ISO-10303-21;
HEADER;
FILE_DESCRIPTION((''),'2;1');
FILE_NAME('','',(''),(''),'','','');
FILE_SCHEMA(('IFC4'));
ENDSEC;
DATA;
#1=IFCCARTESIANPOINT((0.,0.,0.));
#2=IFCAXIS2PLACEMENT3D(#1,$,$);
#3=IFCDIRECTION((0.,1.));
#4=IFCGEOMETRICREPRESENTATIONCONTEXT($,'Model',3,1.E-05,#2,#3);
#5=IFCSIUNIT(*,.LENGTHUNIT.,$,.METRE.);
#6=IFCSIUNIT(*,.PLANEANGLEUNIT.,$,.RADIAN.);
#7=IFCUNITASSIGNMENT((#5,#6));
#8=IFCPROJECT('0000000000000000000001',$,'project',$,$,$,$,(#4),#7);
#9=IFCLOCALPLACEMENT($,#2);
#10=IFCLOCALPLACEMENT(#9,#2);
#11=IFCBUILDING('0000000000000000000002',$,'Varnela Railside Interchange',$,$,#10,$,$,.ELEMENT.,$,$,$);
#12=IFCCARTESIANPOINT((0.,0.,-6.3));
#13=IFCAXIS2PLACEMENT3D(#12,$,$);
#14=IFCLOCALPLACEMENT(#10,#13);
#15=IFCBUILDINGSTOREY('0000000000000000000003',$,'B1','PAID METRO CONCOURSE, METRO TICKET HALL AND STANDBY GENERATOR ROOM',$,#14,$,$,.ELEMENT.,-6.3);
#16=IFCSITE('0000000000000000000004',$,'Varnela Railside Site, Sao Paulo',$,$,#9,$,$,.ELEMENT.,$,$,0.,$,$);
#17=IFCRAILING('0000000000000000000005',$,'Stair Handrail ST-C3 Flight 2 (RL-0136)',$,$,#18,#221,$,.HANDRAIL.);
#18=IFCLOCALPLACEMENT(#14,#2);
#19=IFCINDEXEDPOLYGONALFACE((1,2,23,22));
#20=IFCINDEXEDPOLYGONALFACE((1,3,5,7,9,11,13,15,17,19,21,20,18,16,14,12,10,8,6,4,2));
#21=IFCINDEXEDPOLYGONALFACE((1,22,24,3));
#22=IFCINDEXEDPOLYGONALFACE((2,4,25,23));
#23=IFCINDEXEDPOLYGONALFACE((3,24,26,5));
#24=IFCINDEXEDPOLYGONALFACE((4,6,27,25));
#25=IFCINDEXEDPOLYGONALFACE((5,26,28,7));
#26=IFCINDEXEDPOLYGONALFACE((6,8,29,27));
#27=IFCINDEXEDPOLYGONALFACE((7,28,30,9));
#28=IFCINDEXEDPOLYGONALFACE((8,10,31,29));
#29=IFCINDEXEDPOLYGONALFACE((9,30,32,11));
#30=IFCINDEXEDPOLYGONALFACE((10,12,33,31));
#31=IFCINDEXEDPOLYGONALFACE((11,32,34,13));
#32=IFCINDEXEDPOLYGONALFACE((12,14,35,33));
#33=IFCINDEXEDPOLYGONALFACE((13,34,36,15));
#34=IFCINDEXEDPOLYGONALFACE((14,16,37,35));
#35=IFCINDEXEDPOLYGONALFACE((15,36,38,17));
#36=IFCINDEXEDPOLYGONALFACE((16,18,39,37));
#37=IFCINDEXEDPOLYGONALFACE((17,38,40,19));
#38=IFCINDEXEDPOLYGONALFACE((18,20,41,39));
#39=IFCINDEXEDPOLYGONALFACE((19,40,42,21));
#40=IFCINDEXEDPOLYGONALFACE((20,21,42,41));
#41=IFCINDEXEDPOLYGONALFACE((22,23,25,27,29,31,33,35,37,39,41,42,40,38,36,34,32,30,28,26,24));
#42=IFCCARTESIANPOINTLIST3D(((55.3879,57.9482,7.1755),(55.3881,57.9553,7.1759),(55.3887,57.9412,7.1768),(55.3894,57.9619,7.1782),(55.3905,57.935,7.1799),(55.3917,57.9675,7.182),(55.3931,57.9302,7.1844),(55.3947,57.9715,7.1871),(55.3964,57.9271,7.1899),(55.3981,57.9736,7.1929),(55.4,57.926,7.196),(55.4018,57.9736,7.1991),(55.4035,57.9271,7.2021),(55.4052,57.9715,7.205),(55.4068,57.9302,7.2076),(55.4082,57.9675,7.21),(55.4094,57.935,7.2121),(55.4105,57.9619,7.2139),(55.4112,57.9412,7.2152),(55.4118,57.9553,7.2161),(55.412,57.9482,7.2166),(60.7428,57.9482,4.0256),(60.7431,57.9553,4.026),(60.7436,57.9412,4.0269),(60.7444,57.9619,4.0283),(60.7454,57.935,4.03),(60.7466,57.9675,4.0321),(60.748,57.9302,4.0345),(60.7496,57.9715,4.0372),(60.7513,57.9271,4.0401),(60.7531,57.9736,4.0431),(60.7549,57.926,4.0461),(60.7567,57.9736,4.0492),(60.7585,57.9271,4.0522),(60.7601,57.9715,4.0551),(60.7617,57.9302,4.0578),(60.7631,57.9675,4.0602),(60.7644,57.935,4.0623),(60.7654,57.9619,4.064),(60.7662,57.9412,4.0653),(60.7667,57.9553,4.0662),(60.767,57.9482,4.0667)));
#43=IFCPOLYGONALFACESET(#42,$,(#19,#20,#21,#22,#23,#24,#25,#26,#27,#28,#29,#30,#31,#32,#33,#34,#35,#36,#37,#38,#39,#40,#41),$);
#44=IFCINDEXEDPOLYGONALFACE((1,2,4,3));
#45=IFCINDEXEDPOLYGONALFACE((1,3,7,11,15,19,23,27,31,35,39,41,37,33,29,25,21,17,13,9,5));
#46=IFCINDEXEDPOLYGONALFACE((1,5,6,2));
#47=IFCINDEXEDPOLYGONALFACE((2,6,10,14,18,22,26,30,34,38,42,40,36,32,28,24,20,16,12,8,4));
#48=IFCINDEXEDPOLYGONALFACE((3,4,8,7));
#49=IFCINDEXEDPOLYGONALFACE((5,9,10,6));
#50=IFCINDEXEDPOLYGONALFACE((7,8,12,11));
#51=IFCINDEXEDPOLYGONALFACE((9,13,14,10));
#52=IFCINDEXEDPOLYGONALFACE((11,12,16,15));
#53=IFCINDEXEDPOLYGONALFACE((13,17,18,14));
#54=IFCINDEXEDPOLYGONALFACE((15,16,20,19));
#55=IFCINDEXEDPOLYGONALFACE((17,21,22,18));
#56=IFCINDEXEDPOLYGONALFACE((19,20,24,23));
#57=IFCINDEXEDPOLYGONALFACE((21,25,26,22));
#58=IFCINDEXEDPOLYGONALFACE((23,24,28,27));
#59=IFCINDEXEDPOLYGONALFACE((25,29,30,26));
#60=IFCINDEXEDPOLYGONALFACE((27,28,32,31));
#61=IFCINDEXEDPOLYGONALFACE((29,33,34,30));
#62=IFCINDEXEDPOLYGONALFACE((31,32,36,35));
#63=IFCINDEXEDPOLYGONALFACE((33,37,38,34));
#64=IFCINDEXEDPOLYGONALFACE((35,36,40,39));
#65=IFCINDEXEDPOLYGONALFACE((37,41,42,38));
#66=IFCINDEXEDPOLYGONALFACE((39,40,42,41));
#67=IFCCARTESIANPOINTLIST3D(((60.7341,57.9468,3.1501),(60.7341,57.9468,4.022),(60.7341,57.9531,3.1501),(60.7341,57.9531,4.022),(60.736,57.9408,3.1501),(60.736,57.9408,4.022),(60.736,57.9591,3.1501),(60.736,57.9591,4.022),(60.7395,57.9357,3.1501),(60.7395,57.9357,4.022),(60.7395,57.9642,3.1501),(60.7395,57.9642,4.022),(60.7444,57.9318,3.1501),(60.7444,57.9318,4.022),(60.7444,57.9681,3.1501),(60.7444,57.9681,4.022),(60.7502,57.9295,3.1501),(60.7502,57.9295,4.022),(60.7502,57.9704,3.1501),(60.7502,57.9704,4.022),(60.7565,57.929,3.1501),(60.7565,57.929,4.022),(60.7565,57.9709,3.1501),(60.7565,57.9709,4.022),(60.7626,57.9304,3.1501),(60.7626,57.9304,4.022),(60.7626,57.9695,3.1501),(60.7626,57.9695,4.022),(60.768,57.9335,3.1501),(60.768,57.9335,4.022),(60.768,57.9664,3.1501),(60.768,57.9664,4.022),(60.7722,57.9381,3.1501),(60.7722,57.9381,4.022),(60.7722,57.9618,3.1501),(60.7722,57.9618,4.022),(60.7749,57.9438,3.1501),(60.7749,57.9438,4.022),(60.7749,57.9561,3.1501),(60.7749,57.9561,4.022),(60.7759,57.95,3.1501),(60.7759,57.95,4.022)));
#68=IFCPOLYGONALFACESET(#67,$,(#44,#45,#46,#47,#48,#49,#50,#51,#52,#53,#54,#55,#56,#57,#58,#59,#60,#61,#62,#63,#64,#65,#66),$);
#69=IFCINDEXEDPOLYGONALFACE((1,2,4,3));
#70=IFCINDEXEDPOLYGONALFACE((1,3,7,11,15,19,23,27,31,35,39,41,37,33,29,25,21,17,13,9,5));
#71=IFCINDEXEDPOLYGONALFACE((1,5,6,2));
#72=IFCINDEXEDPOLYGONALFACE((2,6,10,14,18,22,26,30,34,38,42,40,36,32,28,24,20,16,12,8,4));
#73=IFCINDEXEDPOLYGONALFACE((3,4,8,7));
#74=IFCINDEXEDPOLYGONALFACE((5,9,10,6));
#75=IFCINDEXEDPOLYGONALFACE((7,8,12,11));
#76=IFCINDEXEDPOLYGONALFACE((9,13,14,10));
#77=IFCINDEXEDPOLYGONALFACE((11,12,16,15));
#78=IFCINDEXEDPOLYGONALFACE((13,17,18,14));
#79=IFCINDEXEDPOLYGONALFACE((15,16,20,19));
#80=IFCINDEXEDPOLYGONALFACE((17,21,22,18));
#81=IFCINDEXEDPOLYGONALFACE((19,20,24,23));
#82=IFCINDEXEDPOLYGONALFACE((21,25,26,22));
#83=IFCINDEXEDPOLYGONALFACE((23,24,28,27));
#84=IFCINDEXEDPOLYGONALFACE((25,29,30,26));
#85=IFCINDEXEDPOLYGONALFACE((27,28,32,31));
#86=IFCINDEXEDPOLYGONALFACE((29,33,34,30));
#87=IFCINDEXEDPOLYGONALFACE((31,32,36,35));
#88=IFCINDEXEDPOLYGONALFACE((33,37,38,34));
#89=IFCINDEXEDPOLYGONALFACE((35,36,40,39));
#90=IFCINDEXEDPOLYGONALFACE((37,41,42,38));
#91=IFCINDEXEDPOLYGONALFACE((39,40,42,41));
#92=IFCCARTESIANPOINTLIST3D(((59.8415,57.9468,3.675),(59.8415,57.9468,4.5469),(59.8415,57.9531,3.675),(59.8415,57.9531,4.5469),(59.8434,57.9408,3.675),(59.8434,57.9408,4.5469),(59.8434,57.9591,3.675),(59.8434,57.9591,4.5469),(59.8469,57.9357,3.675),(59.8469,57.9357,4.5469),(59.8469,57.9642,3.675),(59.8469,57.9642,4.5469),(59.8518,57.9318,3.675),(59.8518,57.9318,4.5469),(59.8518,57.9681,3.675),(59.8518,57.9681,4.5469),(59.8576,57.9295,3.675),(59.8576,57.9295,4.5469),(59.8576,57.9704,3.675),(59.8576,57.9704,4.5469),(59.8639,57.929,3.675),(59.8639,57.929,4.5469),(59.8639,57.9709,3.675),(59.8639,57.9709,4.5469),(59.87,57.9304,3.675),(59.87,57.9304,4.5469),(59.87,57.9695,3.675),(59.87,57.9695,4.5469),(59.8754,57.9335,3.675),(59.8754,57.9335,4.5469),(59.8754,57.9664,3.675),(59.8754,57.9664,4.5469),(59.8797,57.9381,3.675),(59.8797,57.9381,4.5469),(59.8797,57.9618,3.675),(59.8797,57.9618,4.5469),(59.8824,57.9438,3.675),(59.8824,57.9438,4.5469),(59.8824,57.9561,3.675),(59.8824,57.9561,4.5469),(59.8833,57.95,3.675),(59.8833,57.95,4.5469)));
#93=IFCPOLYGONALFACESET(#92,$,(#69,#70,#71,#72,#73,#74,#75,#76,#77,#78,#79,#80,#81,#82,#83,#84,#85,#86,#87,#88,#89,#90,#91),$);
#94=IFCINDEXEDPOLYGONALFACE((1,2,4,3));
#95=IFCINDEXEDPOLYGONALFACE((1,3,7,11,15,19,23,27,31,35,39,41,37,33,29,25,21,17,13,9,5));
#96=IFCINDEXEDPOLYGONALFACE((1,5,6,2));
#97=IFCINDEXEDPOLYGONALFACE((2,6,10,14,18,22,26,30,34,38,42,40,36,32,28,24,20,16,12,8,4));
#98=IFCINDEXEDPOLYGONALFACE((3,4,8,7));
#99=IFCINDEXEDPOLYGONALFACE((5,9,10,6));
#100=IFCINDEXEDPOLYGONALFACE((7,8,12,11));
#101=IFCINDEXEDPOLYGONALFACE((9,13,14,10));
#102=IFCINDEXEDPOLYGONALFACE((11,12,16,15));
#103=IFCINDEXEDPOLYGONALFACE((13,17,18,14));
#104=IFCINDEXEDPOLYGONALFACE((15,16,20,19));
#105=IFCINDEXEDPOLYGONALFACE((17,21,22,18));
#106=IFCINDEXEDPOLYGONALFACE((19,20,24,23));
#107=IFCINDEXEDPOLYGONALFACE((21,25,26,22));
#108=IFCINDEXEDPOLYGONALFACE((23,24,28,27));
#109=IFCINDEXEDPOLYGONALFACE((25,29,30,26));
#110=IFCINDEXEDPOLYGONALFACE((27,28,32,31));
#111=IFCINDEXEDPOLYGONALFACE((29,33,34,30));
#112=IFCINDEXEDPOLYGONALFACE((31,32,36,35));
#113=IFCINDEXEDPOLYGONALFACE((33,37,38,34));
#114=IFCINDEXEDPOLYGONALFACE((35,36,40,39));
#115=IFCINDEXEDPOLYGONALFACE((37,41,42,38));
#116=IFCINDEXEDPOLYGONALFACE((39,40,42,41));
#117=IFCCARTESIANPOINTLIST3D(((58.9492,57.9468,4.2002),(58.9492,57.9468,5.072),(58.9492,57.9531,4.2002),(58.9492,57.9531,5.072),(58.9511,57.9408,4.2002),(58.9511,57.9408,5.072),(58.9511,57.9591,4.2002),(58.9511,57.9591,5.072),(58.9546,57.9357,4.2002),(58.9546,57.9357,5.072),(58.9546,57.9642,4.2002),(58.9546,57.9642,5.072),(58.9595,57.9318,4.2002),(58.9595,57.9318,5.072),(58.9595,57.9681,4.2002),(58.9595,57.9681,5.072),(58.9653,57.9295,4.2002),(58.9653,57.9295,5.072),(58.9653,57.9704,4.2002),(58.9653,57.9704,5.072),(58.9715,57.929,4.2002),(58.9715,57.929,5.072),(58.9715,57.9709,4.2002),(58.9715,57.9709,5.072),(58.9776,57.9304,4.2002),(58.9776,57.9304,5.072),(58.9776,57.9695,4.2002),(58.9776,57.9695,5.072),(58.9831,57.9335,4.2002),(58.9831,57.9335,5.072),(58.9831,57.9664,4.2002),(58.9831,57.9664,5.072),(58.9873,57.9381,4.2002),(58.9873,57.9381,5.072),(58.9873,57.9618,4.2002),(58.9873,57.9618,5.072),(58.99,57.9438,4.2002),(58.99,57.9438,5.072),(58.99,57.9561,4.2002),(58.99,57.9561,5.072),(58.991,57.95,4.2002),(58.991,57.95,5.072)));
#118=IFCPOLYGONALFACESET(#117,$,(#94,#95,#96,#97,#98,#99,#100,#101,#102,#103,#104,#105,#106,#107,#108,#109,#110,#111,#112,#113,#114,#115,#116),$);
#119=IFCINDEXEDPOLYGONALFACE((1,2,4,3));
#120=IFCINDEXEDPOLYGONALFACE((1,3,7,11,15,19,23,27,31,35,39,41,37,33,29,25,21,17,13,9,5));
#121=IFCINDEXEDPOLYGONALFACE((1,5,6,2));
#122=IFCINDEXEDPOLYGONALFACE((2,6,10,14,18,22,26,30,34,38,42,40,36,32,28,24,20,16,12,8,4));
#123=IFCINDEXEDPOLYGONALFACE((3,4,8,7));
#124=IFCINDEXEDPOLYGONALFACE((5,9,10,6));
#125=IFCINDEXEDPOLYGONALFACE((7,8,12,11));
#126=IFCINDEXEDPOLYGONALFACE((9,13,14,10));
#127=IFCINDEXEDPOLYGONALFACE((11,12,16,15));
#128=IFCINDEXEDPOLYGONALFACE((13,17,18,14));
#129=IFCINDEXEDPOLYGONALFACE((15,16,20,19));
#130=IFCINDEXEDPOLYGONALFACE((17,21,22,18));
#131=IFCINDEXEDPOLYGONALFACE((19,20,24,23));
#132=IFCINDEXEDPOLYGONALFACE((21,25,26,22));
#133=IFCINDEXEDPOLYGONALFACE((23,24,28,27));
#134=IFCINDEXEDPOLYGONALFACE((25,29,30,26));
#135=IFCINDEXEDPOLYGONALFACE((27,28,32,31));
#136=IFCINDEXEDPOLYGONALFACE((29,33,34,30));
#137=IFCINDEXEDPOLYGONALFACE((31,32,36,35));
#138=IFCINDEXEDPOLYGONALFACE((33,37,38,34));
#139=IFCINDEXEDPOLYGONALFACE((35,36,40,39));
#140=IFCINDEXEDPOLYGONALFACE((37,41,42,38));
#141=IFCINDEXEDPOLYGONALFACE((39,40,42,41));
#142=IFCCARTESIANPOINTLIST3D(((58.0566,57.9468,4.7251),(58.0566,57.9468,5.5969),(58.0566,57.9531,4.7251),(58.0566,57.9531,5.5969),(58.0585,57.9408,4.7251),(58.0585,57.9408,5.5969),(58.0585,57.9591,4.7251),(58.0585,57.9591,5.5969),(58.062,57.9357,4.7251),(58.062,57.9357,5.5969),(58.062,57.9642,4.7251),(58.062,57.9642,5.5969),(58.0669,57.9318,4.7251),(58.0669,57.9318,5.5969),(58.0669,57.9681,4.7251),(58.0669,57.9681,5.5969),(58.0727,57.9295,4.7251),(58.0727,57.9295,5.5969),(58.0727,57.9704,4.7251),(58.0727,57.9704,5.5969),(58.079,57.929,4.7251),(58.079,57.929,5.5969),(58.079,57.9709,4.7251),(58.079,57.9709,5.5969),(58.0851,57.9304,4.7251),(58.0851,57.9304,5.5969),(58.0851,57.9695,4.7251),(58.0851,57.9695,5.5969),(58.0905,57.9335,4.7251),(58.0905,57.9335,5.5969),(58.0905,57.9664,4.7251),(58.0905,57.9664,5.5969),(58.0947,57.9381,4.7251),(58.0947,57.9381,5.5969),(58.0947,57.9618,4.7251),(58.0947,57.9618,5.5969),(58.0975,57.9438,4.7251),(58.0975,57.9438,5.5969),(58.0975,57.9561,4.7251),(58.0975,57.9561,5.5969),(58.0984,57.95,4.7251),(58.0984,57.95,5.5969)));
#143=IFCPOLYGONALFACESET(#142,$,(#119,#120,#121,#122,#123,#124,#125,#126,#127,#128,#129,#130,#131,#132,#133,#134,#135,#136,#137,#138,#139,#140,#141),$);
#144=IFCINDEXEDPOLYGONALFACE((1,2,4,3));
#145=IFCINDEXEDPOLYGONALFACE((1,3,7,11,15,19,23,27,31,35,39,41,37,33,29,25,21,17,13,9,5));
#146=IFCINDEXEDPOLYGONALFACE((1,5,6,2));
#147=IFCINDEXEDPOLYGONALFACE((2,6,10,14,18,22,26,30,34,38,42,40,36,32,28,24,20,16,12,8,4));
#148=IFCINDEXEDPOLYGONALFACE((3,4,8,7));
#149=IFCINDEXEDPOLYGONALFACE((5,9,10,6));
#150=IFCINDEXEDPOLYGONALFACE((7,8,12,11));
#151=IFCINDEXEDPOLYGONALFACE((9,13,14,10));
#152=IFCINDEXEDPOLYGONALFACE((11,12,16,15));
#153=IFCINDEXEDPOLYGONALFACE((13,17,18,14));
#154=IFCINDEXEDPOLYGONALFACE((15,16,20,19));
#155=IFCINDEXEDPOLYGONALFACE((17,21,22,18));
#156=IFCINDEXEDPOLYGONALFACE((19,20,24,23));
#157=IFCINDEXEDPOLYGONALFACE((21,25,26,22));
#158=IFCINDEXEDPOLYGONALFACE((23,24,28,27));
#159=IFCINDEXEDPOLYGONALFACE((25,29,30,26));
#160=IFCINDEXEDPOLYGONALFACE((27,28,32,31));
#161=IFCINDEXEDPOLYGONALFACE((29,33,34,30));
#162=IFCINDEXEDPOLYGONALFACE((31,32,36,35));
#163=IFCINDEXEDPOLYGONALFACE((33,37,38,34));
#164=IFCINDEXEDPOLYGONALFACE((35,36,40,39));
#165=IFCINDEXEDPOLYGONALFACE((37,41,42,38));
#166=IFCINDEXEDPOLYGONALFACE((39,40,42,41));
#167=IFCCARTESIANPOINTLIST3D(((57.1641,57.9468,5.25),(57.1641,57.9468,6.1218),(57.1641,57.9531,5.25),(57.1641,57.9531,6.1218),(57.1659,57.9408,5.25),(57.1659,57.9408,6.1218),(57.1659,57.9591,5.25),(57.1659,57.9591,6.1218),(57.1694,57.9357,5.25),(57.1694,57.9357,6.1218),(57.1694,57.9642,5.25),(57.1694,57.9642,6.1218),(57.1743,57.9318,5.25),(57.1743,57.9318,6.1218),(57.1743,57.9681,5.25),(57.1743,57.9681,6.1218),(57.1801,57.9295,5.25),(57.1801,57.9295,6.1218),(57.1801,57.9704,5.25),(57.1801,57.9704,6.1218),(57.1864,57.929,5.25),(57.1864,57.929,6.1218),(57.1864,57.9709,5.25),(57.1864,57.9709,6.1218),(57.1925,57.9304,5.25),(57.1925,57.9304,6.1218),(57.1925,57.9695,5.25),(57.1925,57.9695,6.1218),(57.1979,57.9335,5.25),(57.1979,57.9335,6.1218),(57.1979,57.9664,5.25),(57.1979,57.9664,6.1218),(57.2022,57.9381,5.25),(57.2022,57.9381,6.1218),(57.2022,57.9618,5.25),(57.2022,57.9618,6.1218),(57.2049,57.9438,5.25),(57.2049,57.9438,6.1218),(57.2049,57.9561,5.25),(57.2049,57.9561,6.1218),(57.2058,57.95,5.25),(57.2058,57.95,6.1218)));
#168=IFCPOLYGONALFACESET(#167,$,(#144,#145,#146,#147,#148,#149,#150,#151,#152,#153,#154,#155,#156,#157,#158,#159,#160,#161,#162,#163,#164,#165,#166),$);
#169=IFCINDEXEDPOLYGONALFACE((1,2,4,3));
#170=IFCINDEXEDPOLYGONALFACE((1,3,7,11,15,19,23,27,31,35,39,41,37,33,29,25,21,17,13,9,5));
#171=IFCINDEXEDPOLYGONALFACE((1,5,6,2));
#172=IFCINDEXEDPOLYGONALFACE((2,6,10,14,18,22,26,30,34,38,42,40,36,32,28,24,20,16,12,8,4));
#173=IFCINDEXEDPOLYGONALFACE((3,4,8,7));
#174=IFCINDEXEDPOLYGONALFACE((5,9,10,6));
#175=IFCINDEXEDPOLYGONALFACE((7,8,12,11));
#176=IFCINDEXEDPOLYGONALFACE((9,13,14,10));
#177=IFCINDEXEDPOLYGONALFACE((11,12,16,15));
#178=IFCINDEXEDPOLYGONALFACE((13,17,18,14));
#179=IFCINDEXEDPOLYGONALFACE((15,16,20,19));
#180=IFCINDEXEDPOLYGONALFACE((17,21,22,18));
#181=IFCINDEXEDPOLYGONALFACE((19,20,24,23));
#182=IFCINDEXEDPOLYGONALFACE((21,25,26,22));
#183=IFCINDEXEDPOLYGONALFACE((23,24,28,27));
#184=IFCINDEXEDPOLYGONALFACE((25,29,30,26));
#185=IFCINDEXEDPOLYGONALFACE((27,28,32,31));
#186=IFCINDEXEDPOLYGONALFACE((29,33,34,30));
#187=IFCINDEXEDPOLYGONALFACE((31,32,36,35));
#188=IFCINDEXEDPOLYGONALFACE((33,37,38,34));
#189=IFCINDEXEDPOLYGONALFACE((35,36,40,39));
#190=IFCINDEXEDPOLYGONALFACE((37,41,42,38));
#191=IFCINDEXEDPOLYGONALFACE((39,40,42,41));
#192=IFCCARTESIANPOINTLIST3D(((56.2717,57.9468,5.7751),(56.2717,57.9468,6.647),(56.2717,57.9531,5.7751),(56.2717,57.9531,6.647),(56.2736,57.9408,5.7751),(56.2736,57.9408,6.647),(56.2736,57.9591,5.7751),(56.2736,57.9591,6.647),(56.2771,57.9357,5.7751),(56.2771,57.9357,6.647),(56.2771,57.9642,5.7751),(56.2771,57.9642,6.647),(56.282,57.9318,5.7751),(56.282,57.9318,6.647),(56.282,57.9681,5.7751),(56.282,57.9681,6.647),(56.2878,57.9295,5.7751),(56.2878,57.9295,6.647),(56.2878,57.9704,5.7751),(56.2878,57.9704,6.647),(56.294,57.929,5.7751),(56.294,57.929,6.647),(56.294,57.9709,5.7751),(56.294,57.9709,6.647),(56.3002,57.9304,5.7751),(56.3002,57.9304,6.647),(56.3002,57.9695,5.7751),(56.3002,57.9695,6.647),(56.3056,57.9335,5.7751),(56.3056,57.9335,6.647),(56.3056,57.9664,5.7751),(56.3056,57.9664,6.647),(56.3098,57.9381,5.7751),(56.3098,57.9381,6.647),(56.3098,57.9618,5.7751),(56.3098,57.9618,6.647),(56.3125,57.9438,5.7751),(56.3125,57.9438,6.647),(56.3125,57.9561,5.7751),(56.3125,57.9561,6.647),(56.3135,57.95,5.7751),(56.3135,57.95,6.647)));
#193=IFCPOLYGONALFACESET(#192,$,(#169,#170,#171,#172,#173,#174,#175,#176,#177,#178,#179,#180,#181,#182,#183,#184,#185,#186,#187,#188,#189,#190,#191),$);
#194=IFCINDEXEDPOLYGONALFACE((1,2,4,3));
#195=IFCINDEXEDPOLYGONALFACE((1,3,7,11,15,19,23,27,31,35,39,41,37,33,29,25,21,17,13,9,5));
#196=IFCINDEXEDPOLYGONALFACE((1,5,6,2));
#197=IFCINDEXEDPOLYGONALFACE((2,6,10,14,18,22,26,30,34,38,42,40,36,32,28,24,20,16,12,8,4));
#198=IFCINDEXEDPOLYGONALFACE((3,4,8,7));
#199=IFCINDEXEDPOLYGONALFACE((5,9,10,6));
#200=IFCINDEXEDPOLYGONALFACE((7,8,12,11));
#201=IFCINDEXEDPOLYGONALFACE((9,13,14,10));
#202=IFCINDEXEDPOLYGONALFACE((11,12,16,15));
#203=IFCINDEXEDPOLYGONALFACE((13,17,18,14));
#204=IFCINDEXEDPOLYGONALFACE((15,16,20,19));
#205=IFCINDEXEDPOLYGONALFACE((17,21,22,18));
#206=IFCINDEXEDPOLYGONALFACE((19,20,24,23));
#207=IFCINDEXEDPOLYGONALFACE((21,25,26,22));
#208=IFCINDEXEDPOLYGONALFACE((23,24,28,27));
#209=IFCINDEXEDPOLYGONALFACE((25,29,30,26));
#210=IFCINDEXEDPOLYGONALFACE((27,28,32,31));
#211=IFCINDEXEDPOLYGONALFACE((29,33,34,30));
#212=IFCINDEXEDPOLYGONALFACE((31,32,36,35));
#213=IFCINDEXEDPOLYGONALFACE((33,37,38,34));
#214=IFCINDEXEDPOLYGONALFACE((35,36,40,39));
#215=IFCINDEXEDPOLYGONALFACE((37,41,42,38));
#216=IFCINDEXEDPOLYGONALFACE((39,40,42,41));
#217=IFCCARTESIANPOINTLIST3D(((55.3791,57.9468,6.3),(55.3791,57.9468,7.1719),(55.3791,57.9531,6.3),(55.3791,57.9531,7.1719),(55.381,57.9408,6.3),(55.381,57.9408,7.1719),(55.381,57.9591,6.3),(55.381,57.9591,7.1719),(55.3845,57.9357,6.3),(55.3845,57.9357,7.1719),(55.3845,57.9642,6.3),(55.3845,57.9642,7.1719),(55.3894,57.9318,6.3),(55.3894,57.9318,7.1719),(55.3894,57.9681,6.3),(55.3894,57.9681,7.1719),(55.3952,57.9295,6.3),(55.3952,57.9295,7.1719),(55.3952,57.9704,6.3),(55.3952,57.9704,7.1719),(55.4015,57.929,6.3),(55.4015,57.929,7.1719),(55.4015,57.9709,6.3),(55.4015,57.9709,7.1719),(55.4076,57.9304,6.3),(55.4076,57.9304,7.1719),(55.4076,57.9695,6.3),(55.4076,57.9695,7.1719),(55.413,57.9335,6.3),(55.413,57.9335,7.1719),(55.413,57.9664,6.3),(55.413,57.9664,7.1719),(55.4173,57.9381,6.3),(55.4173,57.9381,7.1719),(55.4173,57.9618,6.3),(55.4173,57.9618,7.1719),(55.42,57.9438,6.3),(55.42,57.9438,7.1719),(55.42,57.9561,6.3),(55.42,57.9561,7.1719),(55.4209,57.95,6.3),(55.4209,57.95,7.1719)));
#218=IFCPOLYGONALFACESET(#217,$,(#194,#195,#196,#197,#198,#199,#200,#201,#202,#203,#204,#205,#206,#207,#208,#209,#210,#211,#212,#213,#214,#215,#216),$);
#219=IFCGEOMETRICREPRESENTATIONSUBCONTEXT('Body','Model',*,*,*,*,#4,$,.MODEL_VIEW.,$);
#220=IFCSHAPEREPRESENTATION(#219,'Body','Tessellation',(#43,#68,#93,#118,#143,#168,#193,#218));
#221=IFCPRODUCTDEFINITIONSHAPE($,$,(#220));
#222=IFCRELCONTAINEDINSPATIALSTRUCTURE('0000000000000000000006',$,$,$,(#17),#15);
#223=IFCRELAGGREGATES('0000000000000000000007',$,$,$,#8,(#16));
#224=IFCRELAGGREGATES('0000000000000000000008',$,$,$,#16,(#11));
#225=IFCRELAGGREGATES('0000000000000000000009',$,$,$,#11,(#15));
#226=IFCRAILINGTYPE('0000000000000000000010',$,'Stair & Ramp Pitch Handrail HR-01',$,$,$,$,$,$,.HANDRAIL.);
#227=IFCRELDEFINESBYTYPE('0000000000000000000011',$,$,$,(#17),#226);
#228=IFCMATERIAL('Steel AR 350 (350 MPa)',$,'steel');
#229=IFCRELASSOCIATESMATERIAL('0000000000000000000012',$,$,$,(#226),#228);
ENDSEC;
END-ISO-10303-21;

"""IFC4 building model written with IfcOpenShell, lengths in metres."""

from ifc_helpers import new_model, si_unit, direction, frame, origin, origin_2d, place, context, subcontext, project, spatial, circle, extrude, material, type_object, element, save


model = new_model("IFC4")

# Units and contexts
model_context = context("Model", 3, precision=1e-05, world=origin(), true_north=direction((0.0, 1.0)))
body_context = subcontext(model_context, "Body", "Model", "MODEL_VIEW")
ifc_project = project(units=[si_unit("LENGTHUNIT", "METRE"), si_unit("PLANEANGLEUNIT", "RADIAN")], contexts=[model_context])

# Site, building, storey
site_placement = place(None, origin())
site = spatial("IfcSite", under=ifc_project, at=site_placement, Name="Varnela Railside Site, Sao Paulo", CompositionType="ELEMENT", RefElevation=0.0)
building_placement = place(site_placement, origin())
building = spatial("IfcBuilding", under=site, at=building_placement, Name="Varnela Railside Interchange", CompositionType="ELEMENT")
storey_placement = place(building_placement, frame((0.0, 0.0, -6.3)))
storey = spatial("IfcBuildingStorey", under=building, at=storey_placement, Name="B1", Description="PAID METRO CONCOURSE, METRO TICKET HALL AND STANDBY GENERATOR ROOM", CompositionType="ELEMENT", Elevation=-6.3)

# Railing
ifc_material_1 = material(Name="Steel AR 350 (350 MPa)", Category="steel")
railing_type_1 = type_object("IfcRailingType", Name="Stair & Ramp Pitch Handrail HR-01", PredefinedType="HANDRAIL", material=ifc_material_1)
railing_1_placement = place(storey_placement, frame((60.7549, 57.95, 3.1501)))
element("IfcRailing", 1, at=railing_1_placement, inside=storey, type_object=railing_type_1, Name="Stair Handrail ST-C3 Flight 2 (RL-0136)", PredefinedType="HANDRAIL", context=body_context, shape_type="SweptSolid", body=[
    extrude(circle(Radius=0.0239, at=origin_2d()), frame((0.0, 0.0, 0.896), z_axis=(-0.86194, 0.0, 0.50701), x_axis=(0.0, -1.0, 0.0)), (0.0, 0.0, 1.0), 6.2126),
    extrude(circle(Radius=0.021, at=origin_2d()), origin(), (0.0, 0.0, 1.0), 0.8718),
    extrude(circle(Radius=0.021, at=origin_2d()), frame((-0.8926, 0.0, 0.5249)), (0.0, 0.0, 1.0), 0.8718),
    extrude(circle(Radius=0.021, at=origin_2d()), frame((-1.7849, 0.0, 1.05)), (0.0, 0.0, 1.0), 0.8718),
    extrude(circle(Radius=0.021, at=origin_2d()), frame((-2.6775, 0.0, 1.575)), (0.0, 0.0, 1.0), 0.8718),
    extrude(circle(Radius=0.021, at=origin_2d()), frame((-3.5701, 0.0, 2.0999)), (0.0, 0.0, 1.0), 0.8718),
    extrude(circle(Radius=0.021, at=origin_2d()), frame((-4.4624, 0.0, 2.625)), (0.0, 0.0, 1.0), 0.8718),
    extrude(circle(Radius=0.021, at=origin_2d()), frame((-5.355, 0.0, 3.1499)), (0.0, 0.0, 1.0), 0.8718),
])

save(model, "model.ifc")
